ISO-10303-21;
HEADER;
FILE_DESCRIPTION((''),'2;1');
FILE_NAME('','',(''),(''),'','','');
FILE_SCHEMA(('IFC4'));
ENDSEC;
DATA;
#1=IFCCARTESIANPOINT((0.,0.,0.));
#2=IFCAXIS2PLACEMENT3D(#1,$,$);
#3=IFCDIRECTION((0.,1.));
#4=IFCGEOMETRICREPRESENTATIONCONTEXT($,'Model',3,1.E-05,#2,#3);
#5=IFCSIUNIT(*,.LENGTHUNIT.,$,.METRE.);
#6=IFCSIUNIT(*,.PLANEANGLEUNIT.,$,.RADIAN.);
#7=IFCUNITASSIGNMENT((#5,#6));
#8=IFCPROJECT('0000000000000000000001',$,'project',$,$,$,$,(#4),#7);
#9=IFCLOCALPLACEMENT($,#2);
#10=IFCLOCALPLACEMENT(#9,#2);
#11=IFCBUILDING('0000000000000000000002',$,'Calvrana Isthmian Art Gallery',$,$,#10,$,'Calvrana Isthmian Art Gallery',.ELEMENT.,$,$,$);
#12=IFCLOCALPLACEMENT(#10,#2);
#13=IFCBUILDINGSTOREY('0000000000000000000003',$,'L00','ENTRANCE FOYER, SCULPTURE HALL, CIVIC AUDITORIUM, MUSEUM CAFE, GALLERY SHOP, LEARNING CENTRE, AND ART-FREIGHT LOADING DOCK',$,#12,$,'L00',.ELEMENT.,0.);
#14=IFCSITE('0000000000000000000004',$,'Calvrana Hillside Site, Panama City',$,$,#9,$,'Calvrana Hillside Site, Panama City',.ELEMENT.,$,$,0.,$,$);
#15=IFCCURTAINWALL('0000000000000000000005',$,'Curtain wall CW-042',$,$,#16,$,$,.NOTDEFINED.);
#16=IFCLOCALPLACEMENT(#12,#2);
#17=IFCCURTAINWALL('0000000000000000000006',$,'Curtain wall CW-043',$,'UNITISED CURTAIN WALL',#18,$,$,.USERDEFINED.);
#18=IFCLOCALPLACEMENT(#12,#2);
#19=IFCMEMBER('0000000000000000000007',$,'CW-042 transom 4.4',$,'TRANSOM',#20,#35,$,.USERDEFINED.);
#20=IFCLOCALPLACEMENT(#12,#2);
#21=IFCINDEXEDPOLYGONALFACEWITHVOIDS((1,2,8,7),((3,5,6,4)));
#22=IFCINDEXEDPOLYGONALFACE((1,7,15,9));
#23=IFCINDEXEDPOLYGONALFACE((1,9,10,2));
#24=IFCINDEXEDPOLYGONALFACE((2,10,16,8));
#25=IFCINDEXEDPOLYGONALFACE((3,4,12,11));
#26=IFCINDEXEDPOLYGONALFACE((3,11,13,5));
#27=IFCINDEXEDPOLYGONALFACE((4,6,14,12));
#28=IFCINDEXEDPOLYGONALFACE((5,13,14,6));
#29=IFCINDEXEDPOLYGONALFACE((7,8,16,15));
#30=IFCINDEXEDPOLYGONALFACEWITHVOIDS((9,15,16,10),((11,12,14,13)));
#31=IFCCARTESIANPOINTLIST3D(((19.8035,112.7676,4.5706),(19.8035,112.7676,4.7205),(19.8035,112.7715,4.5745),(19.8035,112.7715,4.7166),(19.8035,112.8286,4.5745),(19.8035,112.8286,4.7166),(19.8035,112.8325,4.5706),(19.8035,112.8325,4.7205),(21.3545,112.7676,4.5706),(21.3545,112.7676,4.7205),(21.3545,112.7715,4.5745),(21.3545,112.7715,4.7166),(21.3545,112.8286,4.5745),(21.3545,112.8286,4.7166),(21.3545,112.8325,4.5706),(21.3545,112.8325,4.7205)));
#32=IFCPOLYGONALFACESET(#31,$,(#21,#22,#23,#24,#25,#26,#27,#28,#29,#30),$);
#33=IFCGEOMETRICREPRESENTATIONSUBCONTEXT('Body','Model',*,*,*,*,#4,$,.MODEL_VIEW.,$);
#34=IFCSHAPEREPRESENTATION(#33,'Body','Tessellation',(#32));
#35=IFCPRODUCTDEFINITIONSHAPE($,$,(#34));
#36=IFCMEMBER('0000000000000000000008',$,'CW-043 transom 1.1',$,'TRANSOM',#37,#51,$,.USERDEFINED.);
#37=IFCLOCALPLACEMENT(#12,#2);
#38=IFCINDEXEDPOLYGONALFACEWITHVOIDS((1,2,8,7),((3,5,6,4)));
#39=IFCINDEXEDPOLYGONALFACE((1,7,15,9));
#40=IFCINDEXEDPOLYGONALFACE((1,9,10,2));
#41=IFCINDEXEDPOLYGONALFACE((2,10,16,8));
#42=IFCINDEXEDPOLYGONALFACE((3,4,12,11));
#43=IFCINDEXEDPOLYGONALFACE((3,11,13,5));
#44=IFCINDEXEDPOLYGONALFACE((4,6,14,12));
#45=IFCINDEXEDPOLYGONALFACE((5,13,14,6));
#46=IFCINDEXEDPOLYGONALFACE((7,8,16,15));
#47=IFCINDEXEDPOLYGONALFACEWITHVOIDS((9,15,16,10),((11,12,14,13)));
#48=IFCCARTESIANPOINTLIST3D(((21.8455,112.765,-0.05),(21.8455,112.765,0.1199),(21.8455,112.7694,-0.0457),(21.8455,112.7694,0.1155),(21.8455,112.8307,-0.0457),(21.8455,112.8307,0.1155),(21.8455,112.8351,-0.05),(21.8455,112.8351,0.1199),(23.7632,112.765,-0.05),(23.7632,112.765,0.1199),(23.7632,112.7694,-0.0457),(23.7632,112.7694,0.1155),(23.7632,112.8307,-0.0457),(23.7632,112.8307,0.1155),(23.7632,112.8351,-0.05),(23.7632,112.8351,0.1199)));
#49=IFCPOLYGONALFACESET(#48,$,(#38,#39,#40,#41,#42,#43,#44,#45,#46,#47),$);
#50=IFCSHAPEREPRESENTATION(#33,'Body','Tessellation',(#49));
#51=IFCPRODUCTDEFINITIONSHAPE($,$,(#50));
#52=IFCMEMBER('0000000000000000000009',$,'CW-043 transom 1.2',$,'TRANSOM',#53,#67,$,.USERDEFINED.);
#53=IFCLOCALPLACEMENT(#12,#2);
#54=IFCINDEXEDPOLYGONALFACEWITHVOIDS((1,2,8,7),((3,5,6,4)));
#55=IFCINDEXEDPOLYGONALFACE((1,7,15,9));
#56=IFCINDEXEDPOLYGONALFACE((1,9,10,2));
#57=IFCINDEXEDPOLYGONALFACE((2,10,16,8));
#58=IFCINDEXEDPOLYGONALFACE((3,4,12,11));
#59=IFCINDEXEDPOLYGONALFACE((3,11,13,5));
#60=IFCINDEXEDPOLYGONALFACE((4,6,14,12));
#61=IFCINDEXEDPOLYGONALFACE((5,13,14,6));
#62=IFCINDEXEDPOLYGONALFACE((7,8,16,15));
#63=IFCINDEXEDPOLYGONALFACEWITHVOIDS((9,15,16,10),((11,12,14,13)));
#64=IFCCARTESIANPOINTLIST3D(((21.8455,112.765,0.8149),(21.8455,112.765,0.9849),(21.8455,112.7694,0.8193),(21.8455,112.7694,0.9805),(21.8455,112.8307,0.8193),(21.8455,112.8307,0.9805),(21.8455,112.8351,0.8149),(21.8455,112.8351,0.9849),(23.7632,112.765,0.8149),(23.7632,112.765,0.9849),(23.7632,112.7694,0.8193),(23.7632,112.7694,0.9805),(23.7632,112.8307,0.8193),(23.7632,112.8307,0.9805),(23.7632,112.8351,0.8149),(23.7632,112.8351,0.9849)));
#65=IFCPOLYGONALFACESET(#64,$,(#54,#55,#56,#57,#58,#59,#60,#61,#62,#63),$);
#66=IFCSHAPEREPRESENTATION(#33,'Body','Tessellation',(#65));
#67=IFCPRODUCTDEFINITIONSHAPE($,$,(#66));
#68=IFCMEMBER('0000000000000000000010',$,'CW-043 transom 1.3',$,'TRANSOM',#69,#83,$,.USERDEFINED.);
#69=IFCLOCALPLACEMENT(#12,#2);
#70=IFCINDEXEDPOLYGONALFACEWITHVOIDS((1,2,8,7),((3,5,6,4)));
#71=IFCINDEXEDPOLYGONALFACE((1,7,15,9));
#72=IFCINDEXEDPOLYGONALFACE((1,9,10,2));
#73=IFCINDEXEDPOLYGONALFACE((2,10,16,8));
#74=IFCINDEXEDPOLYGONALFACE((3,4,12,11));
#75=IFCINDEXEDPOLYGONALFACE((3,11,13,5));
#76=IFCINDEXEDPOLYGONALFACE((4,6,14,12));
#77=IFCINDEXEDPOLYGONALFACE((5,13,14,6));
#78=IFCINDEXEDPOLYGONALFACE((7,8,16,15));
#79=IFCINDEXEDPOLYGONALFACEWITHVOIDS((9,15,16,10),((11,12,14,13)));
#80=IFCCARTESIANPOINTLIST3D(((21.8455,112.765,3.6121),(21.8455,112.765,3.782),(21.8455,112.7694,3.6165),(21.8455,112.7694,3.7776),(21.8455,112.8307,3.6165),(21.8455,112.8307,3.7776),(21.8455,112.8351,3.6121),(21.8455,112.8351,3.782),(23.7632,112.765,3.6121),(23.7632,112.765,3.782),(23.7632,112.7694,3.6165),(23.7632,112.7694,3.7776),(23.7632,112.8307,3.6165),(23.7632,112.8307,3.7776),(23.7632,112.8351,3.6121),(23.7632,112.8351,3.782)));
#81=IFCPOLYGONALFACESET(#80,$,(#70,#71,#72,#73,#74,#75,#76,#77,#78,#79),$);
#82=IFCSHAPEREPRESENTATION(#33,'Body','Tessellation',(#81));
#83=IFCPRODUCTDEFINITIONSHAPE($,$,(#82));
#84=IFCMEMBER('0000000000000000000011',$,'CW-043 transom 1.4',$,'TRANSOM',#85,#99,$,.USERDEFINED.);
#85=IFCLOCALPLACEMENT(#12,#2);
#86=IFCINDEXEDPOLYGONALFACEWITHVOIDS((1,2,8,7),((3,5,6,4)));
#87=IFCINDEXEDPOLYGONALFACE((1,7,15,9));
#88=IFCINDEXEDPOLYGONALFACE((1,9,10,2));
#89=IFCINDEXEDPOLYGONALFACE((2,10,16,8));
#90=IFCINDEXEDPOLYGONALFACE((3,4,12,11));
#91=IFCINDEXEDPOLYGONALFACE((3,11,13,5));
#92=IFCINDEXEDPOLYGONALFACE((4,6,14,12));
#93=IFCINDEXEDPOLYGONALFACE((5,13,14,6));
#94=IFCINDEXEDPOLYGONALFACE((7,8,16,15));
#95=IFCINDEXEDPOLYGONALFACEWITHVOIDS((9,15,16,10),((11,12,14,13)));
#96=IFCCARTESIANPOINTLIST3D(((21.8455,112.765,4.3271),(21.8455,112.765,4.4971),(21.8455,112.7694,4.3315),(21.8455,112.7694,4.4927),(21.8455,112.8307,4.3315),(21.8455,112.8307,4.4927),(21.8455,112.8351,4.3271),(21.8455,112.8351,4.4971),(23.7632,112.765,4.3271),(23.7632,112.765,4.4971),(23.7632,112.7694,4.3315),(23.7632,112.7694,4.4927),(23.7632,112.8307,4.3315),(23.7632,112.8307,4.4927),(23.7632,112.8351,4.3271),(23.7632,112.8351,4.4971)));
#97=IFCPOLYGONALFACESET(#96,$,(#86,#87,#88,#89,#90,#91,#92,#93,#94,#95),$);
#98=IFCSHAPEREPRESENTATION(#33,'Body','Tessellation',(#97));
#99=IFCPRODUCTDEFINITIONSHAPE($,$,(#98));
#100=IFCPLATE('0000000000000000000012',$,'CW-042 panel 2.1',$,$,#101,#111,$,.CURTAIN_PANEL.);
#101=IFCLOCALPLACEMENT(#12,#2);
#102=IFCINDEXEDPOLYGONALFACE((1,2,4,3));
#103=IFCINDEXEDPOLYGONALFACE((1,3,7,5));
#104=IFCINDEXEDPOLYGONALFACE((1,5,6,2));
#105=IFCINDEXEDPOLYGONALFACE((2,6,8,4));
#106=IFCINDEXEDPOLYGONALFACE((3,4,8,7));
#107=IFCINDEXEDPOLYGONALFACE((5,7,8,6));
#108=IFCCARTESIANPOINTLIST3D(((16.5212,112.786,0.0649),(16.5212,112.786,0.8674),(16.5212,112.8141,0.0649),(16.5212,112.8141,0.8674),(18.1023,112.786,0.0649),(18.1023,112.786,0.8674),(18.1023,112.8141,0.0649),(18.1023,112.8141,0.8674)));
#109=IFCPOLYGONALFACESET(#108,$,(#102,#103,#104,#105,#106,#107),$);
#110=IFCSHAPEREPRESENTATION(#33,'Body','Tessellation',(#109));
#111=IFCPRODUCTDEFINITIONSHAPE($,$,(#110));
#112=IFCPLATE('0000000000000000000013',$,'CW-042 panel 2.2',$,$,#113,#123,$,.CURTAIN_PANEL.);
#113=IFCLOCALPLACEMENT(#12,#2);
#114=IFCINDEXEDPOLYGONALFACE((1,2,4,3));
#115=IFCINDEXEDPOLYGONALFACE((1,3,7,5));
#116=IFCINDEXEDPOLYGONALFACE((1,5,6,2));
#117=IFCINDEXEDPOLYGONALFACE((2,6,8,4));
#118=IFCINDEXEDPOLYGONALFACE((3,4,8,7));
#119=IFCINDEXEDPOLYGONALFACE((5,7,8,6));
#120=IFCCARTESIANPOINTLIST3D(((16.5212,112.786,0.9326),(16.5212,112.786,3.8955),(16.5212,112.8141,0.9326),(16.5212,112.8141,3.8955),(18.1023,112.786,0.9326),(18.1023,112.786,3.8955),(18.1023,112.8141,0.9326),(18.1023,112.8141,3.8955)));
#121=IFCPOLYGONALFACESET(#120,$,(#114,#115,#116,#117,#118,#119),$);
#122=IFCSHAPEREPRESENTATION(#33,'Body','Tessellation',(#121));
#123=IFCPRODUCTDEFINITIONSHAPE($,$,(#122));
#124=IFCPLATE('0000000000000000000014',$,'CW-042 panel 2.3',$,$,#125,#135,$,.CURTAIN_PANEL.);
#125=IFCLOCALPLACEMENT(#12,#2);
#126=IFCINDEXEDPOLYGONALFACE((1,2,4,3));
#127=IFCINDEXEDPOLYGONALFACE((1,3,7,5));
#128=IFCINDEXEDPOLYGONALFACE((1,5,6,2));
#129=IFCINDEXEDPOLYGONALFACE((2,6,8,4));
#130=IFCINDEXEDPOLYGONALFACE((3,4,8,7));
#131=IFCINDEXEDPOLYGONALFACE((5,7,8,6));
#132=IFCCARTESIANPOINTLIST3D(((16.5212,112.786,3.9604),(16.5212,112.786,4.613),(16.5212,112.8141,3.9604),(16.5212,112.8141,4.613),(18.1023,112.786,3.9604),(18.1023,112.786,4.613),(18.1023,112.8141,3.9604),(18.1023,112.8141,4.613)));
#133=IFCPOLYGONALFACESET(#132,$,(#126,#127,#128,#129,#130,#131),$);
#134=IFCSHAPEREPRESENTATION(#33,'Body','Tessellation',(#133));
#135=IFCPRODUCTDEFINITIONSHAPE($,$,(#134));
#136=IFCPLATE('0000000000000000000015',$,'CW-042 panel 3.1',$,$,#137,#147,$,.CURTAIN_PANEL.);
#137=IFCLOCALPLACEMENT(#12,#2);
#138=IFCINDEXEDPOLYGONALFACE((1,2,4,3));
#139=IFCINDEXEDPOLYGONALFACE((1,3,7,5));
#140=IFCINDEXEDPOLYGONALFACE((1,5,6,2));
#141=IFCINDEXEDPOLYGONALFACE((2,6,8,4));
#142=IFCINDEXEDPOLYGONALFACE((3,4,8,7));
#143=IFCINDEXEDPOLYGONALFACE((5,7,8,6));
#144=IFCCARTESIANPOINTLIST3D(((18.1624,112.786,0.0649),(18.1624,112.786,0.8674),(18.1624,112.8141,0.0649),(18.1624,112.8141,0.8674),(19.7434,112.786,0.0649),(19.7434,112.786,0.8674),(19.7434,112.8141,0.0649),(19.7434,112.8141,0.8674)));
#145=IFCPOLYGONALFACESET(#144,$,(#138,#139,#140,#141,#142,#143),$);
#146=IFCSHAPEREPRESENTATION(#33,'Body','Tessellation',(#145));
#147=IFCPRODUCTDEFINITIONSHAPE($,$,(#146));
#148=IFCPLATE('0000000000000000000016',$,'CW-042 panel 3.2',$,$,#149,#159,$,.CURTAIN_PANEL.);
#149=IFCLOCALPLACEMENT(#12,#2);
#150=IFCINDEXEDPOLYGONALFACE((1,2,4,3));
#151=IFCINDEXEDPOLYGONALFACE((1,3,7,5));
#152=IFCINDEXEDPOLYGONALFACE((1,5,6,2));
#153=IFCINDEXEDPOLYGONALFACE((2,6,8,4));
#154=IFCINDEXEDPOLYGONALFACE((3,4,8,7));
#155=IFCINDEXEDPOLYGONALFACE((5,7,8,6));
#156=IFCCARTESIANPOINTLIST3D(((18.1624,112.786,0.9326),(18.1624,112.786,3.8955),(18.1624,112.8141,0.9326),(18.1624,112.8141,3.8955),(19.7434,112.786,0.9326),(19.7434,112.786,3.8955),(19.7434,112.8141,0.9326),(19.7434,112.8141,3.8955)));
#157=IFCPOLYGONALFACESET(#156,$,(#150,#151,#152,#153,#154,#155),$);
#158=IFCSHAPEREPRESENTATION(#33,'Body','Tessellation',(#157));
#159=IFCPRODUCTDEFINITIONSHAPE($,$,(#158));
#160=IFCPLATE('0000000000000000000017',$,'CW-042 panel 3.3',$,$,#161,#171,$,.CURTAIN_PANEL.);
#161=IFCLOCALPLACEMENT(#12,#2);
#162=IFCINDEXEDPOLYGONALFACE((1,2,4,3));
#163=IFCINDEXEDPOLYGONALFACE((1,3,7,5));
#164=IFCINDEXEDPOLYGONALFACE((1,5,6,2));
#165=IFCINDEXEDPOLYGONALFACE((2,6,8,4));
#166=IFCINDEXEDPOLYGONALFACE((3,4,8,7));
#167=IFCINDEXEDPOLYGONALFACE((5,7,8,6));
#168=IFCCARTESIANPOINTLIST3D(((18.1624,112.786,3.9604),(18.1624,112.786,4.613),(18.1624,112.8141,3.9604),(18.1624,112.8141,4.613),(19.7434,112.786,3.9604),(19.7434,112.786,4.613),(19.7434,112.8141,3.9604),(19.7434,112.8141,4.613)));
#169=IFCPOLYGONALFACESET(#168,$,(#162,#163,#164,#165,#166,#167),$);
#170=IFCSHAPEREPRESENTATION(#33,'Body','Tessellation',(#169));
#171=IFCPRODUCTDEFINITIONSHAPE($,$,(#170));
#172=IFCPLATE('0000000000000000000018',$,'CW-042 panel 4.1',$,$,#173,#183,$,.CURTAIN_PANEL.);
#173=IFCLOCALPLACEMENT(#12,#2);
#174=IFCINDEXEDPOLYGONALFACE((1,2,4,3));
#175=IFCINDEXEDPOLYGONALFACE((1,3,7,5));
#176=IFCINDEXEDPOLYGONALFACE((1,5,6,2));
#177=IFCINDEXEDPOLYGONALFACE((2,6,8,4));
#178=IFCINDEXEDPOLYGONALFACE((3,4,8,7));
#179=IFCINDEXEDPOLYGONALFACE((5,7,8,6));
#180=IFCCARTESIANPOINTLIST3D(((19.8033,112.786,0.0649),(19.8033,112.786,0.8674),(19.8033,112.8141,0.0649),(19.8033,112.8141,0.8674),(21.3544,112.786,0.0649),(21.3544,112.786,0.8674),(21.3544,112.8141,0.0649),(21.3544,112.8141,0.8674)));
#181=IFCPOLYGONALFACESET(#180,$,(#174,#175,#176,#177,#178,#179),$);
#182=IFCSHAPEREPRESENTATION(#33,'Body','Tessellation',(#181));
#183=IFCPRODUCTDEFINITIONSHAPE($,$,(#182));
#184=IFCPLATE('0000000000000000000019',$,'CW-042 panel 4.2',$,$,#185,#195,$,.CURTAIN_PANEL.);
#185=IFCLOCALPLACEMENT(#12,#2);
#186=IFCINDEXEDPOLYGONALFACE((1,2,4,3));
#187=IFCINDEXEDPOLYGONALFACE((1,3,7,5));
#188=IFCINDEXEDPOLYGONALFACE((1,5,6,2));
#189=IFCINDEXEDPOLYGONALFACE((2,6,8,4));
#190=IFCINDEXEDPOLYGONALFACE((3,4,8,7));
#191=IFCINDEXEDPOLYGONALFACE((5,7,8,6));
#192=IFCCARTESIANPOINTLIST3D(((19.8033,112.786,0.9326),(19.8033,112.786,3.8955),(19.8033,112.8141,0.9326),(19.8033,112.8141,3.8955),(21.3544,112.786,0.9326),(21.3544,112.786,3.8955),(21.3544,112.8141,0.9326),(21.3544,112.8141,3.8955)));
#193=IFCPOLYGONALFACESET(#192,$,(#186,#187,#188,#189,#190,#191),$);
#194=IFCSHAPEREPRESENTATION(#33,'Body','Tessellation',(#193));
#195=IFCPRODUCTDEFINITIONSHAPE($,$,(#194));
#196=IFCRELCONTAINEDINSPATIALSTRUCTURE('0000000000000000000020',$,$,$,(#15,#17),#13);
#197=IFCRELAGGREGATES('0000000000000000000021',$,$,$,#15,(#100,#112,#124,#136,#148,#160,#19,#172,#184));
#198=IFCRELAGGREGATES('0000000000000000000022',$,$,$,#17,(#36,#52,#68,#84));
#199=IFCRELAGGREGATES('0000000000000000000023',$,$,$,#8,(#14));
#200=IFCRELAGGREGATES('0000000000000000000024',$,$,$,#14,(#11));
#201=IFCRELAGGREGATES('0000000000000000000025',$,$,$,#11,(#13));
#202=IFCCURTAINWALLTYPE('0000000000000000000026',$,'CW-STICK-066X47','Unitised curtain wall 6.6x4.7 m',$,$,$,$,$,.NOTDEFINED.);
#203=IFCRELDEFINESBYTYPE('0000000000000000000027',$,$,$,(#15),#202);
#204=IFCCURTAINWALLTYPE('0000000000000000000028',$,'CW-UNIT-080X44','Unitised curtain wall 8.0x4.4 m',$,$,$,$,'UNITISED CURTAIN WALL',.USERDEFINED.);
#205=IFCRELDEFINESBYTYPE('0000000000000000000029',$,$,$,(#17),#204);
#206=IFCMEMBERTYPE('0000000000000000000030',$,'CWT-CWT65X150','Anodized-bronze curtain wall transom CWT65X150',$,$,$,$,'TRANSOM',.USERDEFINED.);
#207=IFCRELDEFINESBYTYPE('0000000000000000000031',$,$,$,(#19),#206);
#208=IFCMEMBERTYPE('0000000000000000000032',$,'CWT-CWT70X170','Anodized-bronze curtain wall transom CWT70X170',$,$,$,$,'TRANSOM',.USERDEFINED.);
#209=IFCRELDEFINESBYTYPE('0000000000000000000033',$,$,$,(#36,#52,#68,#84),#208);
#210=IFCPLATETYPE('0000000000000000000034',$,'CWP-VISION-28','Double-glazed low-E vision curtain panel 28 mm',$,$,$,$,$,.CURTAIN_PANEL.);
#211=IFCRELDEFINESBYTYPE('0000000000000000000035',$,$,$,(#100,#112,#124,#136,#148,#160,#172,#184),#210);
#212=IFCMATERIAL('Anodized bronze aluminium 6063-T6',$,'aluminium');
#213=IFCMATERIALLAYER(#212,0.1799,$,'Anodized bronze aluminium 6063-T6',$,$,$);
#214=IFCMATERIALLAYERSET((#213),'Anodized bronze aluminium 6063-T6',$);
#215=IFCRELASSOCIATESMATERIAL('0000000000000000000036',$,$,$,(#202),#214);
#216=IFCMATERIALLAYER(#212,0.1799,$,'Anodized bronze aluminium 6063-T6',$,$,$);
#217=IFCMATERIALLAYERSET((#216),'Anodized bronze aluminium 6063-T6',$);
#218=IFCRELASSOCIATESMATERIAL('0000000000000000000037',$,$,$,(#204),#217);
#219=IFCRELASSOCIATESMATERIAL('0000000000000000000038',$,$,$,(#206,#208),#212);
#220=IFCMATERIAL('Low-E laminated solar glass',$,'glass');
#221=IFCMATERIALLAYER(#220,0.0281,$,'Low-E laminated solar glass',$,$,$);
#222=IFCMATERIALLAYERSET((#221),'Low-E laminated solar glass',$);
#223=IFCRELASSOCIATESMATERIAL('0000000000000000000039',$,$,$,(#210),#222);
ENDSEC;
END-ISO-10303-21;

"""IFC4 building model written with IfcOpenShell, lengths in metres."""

from ifc_helpers import new_model, si_unit, direction, frame, origin, origin_2d, place, context, subcontext, project, spatial, rectangle, hollow_rectangle, extrude, material, layer, layer_set, material_profile, profile_set, type_object, element, aggregate, save


model = new_model("IFC4")

# Units and contexts
model_context = context("Model", 3, precision=1e-05, world=origin(), true_north=direction((0.0, 1.0)))
body_context = subcontext(model_context, "Body", "Model", "MODEL_VIEW")
ifc_project = project(units=[si_unit("LENGTHUNIT", "METRE"), si_unit("PLANEANGLEUNIT", "RADIAN")], contexts=[model_context])

# Site, building, storey
site_placement = place(None, origin())
site = spatial("IfcSite", under=ifc_project, at=site_placement, Name="Calvrana Hillside Site, Panama City", LongName="Calvrana Hillside Site, Panama City", CompositionType="ELEMENT", RefElevation=0.0)
building_placement = place(site_placement, origin())
building = spatial("IfcBuilding", under=site, at=building_placement, Name="Calvrana Isthmian Art Gallery", LongName="Calvrana Isthmian Art Gallery", CompositionType="ELEMENT")
storey_placement = place(building_placement, origin())
storey = spatial("IfcBuildingStorey", under=building, at=storey_placement, Name="L00", Description="ENTRANCE FOYER, SCULPTURE HALL, CIVIC AUDITORIUM, MUSEUM CAFE, GALLERY SHOP, LEARNING CENTRE, AND ART-FREIGHT LOADING DOCK", LongName="L00", CompositionType="ELEMENT", Elevation=0.0)

# Curtain wall
ifc_material_1 = material(Name="Anodized bronze aluminium 6063-T6", Category="aluminium")
ifc_layer_1 = layer(ifc_material_1, 0.1799, Name="Anodized bronze aluminium 6063-T6")
ifc_layer_set_1 = layer_set([ifc_layer_1], Name="Anodized bronze aluminium 6063-T6")
curtain_wall_type_1 = type_object("IfcCurtainWallType", Name="CW-STICK-066X47", Description="Unitised curtain wall 6.6x4.7 m", PredefinedType="NOTDEFINED", material=ifc_layer_set_1)
curtain_wall_1_placement = place(storey_placement, origin())
curtain_wall_1 = element("IfcCurtainWall", 1, at=curtain_wall_1_placement, inside=storey, type_object=curtain_wall_type_1, Name="Curtain wall CW-042", PredefinedType="NOTDEFINED")

# Curtain wall
ifc_layer_2 = layer(ifc_material_1, 0.1799, Name="Anodized bronze aluminium 6063-T6")
ifc_layer_set_2 = layer_set([ifc_layer_2], Name="Anodized bronze aluminium 6063-T6")
curtain_wall_type_2 = type_object("IfcCurtainWallType", Name="CW-UNIT-080X44", Description="Unitised curtain wall 8.0x4.4 m", ElementType="UNITISED CURTAIN WALL", PredefinedType="USERDEFINED", material=ifc_layer_set_2)
curtain_wall_2_placement = place(storey_placement, origin())
curtain_wall_2 = element("IfcCurtainWall", 2, at=curtain_wall_2_placement, inside=storey, type_object=curtain_wall_type_2, Name="Curtain wall CW-043", ObjectType="UNITISED CURTAIN WALL", PredefinedType="USERDEFINED")

# Members
ifc_material_profile_1 = material_profile(ifc_material_1, hollow_rectangle(XDim=0.0649, YDim=0.1499, WallThickness=0.0039, at=origin_2d()), Name="CWT65X150")
ifc_profile_set_1 = profile_set([ifc_material_profile_1], Name="Anodized bronze aluminium 6063-T6")
member_type_1 = type_object("IfcMemberType", Name="CWT-CWT65X150", Description="Anodized-bronze curtain wall transom CWT65X150", ElementType="TRANSOM", PredefinedType="USERDEFINED", material=ifc_profile_set_1)
member_1_placement = place(storey_placement, frame((19.8035, 112.8, 4.6455), z_axis=(1.0, 0.0, 0.0), x_axis=(0.0, 1.0, 0.0)))
member_1 = element("IfcMember", 3, at=member_1_placement, type_object=member_type_1, Name="CW-042 transom 4.4", ObjectType="TRANSOM", PredefinedType="USERDEFINED", context=body_context, shape_type="SweptSolid", body=[
    extrude(hollow_rectangle(XDim=0.0649, YDim=0.1499, WallThickness=0.0039, at=origin_2d()), origin(), (0.0, 0.0, 1.0), 1.551),
])
ifc_material_profile_2 = material_profile(ifc_material_1, hollow_rectangle(XDim=0.0701, YDim=0.1699, WallThickness=0.0044, at=origin_2d()), Name="CWT70X170")
ifc_profile_set_2 = profile_set([ifc_material_profile_2], Name="Anodized bronze aluminium 6063-T6")
member_type_2 = type_object("IfcMemberType", Name="CWT-CWT70X170", Description="Anodized-bronze curtain wall transom CWT70X170", ElementType="TRANSOM", PredefinedType="USERDEFINED", material=ifc_profile_set_2)
member_2_placement = place(storey_placement, frame((21.8455, 112.8, 0.0349), z_axis=(1.0, 0.0, 0.0), x_axis=(0.0, 1.0, 0.0)))
member_2 = element("IfcMember", 4, at=member_2_placement, type_object=member_type_2, Name="CW-043 transom 1.1", ObjectType="TRANSOM", PredefinedType="USERDEFINED", context=body_context, shape_type="SweptSolid", body=[
    extrude(hollow_rectangle(XDim=0.0701, YDim=0.1699, WallThickness=0.0044, at=origin_2d()), origin(), (0.0, 0.0, 1.0), 1.9177),
])
member_3_placement = place(storey_placement, frame((21.8455, 112.8, 0.8999), z_axis=(1.0, 0.0, 0.0), x_axis=(0.0, 1.0, 0.0)))
member_3 = element("IfcMember", 5, at=member_3_placement, type_object=member_type_2, Name="CW-043 transom 1.2", ObjectType="TRANSOM", PredefinedType="USERDEFINED", context=body_context, shape_type="SweptSolid", body=[
    extrude(hollow_rectangle(XDim=0.0701, YDim=0.1699, WallThickness=0.0044, at=origin_2d()), origin(), (0.0, 0.0, 1.0), 1.9177),
])
member_4_placement = place(storey_placement, frame((21.8455, 112.8, 3.697), z_axis=(1.0, 0.0, 0.0), x_axis=(0.0, 1.0, 0.0)))
member_4 = element("IfcMember", 6, at=member_4_placement, type_object=member_type_2, Name="CW-043 transom 1.3", ObjectType="TRANSOM", PredefinedType="USERDEFINED", context=body_context, shape_type="SweptSolid", body=[
    extrude(hollow_rectangle(XDim=0.0701, YDim=0.1699, WallThickness=0.0044, at=origin_2d()), origin(), (0.0, 0.0, 1.0), 1.9177),
])
member_5_placement = place(storey_placement, frame((21.8455, 112.8, 4.4121), z_axis=(1.0, 0.0, 0.0), x_axis=(0.0, 1.0, 0.0)))
member_5 = element("IfcMember", 7, at=member_5_placement, type_object=member_type_2, Name="CW-043 transom 1.4", ObjectType="TRANSOM", PredefinedType="USERDEFINED", context=body_context, shape_type="SweptSolid", body=[
    extrude(hollow_rectangle(XDim=0.0701, YDim=0.1699, WallThickness=0.0044, at=origin_2d()), origin(), (0.0, 0.0, 1.0), 1.9177),
])

# Plates
ifc_material_2 = material(Name="Low-E laminated solar glass", Category="glass")
ifc_layer_3 = layer(ifc_material_2, 0.0281, Name="Low-E laminated solar glass")
ifc_layer_set_3 = layer_set([ifc_layer_3], Name="Low-E laminated solar glass")
plate_type_1 = type_object("IfcPlateType", Name="CWP-VISION-28", Description="Double-glazed low-E vision curtain panel 28 mm", PredefinedType="CURTAIN_PANEL", material=ifc_layer_set_3)
plate_1_placement = place(storey_placement, frame((17.3118, 112.8, 0.0649), z_axis=(0.0, 0.0, 1.0), x_axis=(1.0, 0.0, 0.0)))
plate_1 = element("IfcPlate", 8, at=plate_1_placement, type_object=plate_type_1, Name="CW-042 panel 2.1", PredefinedType="CURTAIN_PANEL", context=body_context, shape_type="SweptSolid", body=[
    extrude(rectangle(XDim=1.5811, YDim=0.0281, at=origin_2d()), origin(), (0.0, 0.0, 1.0), 0.8025),
])
plate_2_placement = place(storey_placement, frame((17.3118, 112.8, 0.9326), z_axis=(0.0, 0.0, 1.0), x_axis=(1.0, 0.0, 0.0)))
plate_2 = element("IfcPlate", 9, at=plate_2_placement, type_object=plate_type_1, Name="CW-042 panel 2.2", PredefinedType="CURTAIN_PANEL", context=body_context, shape_type="SweptSolid", body=[
    extrude(rectangle(XDim=1.5811, YDim=0.0281, at=origin_2d()), origin(), (0.0, 0.0, 1.0), 2.9629),
])
plate_3_placement = place(storey_placement, frame((17.3118, 112.8, 3.9604), z_axis=(0.0, 0.0, 1.0), x_axis=(1.0, 0.0, 0.0)))
plate_3 = element("IfcPlate", 10, at=plate_3_placement, type_object=plate_type_1, Name="CW-042 panel 2.3", PredefinedType="CURTAIN_PANEL", context=body_context, shape_type="SweptSolid", body=[
    extrude(rectangle(XDim=1.5811, YDim=0.0281, at=origin_2d()), origin(), (0.0, 0.0, 1.0), 0.6526),
])
plate_4_placement = place(storey_placement, frame((18.9529, 112.8, 0.0649), z_axis=(0.0, 0.0, 1.0), x_axis=(1.0, 0.0, 0.0)))
plate_4 = element("IfcPlate", 11, at=plate_4_placement, type_object=plate_type_1, Name="CW-042 panel 3.1", PredefinedType="CURTAIN_PANEL", context=body_context, shape_type="SweptSolid", body=[
    extrude(rectangle(XDim=1.5811, YDim=0.0281, at=origin_2d()), origin(), (0.0, 0.0, 1.0), 0.8025),
])
plate_5_placement = place(storey_placement, frame((18.9529, 112.8, 0.9326), z_axis=(0.0, 0.0, 1.0), x_axis=(1.0, 0.0, 0.0)))
plate_5 = element("IfcPlate", 12, at=plate_5_placement, type_object=plate_type_1, Name="CW-042 panel 3.2", PredefinedType="CURTAIN_PANEL", context=body_context, shape_type="SweptSolid", body=[
    extrude(rectangle(XDim=1.5811, YDim=0.0281, at=origin_2d()), origin(), (0.0, 0.0, 1.0), 2.9629),
])
plate_6_placement = place(storey_placement, frame((18.9529, 112.8, 3.9604), z_axis=(0.0, 0.0, 1.0), x_axis=(1.0, 0.0, 0.0)))
plate_6 = element("IfcPlate", 13, at=plate_6_placement, type_object=plate_type_1, Name="CW-042 panel 3.3", PredefinedType="CURTAIN_PANEL", context=body_context, shape_type="SweptSolid", body=[
    extrude(rectangle(XDim=1.5811, YDim=0.0281, at=origin_2d()), origin(), (0.0, 0.0, 1.0), 0.6526),
])
plate_7_placement = place(storey_placement, frame((20.5789, 112.8, 0.0649), z_axis=(0.0, 0.0, 1.0), x_axis=(1.0, 0.0, 0.0)))
plate_7 = element("IfcPlate", 14, at=plate_7_placement, type_object=plate_type_1, Name="CW-042 panel 4.1", PredefinedType="CURTAIN_PANEL", context=body_context, shape_type="SweptSolid", body=[
    extrude(rectangle(XDim=1.551, YDim=0.0281, at=origin_2d()), origin(), (0.0, 0.0, 1.0), 0.8025),
])
plate_8_placement = place(storey_placement, frame((20.5789, 112.8, 0.9326), z_axis=(0.0, 0.0, 1.0), x_axis=(1.0, 0.0, 0.0)))
plate_8 = element("IfcPlate", 15, at=plate_8_placement, type_object=plate_type_1, Name="CW-042 panel 4.2", PredefinedType="CURTAIN_PANEL", context=body_context, shape_type="SweptSolid", body=[
    extrude(rectangle(XDim=1.551, YDim=0.0281, at=origin_2d()), origin(), (0.0, 0.0, 1.0), 2.9629),
])
aggregate(curtain_wall_1, [plate_1, plate_2, plate_3, plate_4, plate_5, plate_6, member_1, plate_7, plate_8])
aggregate(curtain_wall_2, [member_2, member_3, member_4, member_5])

save(model, "model.ifc")
